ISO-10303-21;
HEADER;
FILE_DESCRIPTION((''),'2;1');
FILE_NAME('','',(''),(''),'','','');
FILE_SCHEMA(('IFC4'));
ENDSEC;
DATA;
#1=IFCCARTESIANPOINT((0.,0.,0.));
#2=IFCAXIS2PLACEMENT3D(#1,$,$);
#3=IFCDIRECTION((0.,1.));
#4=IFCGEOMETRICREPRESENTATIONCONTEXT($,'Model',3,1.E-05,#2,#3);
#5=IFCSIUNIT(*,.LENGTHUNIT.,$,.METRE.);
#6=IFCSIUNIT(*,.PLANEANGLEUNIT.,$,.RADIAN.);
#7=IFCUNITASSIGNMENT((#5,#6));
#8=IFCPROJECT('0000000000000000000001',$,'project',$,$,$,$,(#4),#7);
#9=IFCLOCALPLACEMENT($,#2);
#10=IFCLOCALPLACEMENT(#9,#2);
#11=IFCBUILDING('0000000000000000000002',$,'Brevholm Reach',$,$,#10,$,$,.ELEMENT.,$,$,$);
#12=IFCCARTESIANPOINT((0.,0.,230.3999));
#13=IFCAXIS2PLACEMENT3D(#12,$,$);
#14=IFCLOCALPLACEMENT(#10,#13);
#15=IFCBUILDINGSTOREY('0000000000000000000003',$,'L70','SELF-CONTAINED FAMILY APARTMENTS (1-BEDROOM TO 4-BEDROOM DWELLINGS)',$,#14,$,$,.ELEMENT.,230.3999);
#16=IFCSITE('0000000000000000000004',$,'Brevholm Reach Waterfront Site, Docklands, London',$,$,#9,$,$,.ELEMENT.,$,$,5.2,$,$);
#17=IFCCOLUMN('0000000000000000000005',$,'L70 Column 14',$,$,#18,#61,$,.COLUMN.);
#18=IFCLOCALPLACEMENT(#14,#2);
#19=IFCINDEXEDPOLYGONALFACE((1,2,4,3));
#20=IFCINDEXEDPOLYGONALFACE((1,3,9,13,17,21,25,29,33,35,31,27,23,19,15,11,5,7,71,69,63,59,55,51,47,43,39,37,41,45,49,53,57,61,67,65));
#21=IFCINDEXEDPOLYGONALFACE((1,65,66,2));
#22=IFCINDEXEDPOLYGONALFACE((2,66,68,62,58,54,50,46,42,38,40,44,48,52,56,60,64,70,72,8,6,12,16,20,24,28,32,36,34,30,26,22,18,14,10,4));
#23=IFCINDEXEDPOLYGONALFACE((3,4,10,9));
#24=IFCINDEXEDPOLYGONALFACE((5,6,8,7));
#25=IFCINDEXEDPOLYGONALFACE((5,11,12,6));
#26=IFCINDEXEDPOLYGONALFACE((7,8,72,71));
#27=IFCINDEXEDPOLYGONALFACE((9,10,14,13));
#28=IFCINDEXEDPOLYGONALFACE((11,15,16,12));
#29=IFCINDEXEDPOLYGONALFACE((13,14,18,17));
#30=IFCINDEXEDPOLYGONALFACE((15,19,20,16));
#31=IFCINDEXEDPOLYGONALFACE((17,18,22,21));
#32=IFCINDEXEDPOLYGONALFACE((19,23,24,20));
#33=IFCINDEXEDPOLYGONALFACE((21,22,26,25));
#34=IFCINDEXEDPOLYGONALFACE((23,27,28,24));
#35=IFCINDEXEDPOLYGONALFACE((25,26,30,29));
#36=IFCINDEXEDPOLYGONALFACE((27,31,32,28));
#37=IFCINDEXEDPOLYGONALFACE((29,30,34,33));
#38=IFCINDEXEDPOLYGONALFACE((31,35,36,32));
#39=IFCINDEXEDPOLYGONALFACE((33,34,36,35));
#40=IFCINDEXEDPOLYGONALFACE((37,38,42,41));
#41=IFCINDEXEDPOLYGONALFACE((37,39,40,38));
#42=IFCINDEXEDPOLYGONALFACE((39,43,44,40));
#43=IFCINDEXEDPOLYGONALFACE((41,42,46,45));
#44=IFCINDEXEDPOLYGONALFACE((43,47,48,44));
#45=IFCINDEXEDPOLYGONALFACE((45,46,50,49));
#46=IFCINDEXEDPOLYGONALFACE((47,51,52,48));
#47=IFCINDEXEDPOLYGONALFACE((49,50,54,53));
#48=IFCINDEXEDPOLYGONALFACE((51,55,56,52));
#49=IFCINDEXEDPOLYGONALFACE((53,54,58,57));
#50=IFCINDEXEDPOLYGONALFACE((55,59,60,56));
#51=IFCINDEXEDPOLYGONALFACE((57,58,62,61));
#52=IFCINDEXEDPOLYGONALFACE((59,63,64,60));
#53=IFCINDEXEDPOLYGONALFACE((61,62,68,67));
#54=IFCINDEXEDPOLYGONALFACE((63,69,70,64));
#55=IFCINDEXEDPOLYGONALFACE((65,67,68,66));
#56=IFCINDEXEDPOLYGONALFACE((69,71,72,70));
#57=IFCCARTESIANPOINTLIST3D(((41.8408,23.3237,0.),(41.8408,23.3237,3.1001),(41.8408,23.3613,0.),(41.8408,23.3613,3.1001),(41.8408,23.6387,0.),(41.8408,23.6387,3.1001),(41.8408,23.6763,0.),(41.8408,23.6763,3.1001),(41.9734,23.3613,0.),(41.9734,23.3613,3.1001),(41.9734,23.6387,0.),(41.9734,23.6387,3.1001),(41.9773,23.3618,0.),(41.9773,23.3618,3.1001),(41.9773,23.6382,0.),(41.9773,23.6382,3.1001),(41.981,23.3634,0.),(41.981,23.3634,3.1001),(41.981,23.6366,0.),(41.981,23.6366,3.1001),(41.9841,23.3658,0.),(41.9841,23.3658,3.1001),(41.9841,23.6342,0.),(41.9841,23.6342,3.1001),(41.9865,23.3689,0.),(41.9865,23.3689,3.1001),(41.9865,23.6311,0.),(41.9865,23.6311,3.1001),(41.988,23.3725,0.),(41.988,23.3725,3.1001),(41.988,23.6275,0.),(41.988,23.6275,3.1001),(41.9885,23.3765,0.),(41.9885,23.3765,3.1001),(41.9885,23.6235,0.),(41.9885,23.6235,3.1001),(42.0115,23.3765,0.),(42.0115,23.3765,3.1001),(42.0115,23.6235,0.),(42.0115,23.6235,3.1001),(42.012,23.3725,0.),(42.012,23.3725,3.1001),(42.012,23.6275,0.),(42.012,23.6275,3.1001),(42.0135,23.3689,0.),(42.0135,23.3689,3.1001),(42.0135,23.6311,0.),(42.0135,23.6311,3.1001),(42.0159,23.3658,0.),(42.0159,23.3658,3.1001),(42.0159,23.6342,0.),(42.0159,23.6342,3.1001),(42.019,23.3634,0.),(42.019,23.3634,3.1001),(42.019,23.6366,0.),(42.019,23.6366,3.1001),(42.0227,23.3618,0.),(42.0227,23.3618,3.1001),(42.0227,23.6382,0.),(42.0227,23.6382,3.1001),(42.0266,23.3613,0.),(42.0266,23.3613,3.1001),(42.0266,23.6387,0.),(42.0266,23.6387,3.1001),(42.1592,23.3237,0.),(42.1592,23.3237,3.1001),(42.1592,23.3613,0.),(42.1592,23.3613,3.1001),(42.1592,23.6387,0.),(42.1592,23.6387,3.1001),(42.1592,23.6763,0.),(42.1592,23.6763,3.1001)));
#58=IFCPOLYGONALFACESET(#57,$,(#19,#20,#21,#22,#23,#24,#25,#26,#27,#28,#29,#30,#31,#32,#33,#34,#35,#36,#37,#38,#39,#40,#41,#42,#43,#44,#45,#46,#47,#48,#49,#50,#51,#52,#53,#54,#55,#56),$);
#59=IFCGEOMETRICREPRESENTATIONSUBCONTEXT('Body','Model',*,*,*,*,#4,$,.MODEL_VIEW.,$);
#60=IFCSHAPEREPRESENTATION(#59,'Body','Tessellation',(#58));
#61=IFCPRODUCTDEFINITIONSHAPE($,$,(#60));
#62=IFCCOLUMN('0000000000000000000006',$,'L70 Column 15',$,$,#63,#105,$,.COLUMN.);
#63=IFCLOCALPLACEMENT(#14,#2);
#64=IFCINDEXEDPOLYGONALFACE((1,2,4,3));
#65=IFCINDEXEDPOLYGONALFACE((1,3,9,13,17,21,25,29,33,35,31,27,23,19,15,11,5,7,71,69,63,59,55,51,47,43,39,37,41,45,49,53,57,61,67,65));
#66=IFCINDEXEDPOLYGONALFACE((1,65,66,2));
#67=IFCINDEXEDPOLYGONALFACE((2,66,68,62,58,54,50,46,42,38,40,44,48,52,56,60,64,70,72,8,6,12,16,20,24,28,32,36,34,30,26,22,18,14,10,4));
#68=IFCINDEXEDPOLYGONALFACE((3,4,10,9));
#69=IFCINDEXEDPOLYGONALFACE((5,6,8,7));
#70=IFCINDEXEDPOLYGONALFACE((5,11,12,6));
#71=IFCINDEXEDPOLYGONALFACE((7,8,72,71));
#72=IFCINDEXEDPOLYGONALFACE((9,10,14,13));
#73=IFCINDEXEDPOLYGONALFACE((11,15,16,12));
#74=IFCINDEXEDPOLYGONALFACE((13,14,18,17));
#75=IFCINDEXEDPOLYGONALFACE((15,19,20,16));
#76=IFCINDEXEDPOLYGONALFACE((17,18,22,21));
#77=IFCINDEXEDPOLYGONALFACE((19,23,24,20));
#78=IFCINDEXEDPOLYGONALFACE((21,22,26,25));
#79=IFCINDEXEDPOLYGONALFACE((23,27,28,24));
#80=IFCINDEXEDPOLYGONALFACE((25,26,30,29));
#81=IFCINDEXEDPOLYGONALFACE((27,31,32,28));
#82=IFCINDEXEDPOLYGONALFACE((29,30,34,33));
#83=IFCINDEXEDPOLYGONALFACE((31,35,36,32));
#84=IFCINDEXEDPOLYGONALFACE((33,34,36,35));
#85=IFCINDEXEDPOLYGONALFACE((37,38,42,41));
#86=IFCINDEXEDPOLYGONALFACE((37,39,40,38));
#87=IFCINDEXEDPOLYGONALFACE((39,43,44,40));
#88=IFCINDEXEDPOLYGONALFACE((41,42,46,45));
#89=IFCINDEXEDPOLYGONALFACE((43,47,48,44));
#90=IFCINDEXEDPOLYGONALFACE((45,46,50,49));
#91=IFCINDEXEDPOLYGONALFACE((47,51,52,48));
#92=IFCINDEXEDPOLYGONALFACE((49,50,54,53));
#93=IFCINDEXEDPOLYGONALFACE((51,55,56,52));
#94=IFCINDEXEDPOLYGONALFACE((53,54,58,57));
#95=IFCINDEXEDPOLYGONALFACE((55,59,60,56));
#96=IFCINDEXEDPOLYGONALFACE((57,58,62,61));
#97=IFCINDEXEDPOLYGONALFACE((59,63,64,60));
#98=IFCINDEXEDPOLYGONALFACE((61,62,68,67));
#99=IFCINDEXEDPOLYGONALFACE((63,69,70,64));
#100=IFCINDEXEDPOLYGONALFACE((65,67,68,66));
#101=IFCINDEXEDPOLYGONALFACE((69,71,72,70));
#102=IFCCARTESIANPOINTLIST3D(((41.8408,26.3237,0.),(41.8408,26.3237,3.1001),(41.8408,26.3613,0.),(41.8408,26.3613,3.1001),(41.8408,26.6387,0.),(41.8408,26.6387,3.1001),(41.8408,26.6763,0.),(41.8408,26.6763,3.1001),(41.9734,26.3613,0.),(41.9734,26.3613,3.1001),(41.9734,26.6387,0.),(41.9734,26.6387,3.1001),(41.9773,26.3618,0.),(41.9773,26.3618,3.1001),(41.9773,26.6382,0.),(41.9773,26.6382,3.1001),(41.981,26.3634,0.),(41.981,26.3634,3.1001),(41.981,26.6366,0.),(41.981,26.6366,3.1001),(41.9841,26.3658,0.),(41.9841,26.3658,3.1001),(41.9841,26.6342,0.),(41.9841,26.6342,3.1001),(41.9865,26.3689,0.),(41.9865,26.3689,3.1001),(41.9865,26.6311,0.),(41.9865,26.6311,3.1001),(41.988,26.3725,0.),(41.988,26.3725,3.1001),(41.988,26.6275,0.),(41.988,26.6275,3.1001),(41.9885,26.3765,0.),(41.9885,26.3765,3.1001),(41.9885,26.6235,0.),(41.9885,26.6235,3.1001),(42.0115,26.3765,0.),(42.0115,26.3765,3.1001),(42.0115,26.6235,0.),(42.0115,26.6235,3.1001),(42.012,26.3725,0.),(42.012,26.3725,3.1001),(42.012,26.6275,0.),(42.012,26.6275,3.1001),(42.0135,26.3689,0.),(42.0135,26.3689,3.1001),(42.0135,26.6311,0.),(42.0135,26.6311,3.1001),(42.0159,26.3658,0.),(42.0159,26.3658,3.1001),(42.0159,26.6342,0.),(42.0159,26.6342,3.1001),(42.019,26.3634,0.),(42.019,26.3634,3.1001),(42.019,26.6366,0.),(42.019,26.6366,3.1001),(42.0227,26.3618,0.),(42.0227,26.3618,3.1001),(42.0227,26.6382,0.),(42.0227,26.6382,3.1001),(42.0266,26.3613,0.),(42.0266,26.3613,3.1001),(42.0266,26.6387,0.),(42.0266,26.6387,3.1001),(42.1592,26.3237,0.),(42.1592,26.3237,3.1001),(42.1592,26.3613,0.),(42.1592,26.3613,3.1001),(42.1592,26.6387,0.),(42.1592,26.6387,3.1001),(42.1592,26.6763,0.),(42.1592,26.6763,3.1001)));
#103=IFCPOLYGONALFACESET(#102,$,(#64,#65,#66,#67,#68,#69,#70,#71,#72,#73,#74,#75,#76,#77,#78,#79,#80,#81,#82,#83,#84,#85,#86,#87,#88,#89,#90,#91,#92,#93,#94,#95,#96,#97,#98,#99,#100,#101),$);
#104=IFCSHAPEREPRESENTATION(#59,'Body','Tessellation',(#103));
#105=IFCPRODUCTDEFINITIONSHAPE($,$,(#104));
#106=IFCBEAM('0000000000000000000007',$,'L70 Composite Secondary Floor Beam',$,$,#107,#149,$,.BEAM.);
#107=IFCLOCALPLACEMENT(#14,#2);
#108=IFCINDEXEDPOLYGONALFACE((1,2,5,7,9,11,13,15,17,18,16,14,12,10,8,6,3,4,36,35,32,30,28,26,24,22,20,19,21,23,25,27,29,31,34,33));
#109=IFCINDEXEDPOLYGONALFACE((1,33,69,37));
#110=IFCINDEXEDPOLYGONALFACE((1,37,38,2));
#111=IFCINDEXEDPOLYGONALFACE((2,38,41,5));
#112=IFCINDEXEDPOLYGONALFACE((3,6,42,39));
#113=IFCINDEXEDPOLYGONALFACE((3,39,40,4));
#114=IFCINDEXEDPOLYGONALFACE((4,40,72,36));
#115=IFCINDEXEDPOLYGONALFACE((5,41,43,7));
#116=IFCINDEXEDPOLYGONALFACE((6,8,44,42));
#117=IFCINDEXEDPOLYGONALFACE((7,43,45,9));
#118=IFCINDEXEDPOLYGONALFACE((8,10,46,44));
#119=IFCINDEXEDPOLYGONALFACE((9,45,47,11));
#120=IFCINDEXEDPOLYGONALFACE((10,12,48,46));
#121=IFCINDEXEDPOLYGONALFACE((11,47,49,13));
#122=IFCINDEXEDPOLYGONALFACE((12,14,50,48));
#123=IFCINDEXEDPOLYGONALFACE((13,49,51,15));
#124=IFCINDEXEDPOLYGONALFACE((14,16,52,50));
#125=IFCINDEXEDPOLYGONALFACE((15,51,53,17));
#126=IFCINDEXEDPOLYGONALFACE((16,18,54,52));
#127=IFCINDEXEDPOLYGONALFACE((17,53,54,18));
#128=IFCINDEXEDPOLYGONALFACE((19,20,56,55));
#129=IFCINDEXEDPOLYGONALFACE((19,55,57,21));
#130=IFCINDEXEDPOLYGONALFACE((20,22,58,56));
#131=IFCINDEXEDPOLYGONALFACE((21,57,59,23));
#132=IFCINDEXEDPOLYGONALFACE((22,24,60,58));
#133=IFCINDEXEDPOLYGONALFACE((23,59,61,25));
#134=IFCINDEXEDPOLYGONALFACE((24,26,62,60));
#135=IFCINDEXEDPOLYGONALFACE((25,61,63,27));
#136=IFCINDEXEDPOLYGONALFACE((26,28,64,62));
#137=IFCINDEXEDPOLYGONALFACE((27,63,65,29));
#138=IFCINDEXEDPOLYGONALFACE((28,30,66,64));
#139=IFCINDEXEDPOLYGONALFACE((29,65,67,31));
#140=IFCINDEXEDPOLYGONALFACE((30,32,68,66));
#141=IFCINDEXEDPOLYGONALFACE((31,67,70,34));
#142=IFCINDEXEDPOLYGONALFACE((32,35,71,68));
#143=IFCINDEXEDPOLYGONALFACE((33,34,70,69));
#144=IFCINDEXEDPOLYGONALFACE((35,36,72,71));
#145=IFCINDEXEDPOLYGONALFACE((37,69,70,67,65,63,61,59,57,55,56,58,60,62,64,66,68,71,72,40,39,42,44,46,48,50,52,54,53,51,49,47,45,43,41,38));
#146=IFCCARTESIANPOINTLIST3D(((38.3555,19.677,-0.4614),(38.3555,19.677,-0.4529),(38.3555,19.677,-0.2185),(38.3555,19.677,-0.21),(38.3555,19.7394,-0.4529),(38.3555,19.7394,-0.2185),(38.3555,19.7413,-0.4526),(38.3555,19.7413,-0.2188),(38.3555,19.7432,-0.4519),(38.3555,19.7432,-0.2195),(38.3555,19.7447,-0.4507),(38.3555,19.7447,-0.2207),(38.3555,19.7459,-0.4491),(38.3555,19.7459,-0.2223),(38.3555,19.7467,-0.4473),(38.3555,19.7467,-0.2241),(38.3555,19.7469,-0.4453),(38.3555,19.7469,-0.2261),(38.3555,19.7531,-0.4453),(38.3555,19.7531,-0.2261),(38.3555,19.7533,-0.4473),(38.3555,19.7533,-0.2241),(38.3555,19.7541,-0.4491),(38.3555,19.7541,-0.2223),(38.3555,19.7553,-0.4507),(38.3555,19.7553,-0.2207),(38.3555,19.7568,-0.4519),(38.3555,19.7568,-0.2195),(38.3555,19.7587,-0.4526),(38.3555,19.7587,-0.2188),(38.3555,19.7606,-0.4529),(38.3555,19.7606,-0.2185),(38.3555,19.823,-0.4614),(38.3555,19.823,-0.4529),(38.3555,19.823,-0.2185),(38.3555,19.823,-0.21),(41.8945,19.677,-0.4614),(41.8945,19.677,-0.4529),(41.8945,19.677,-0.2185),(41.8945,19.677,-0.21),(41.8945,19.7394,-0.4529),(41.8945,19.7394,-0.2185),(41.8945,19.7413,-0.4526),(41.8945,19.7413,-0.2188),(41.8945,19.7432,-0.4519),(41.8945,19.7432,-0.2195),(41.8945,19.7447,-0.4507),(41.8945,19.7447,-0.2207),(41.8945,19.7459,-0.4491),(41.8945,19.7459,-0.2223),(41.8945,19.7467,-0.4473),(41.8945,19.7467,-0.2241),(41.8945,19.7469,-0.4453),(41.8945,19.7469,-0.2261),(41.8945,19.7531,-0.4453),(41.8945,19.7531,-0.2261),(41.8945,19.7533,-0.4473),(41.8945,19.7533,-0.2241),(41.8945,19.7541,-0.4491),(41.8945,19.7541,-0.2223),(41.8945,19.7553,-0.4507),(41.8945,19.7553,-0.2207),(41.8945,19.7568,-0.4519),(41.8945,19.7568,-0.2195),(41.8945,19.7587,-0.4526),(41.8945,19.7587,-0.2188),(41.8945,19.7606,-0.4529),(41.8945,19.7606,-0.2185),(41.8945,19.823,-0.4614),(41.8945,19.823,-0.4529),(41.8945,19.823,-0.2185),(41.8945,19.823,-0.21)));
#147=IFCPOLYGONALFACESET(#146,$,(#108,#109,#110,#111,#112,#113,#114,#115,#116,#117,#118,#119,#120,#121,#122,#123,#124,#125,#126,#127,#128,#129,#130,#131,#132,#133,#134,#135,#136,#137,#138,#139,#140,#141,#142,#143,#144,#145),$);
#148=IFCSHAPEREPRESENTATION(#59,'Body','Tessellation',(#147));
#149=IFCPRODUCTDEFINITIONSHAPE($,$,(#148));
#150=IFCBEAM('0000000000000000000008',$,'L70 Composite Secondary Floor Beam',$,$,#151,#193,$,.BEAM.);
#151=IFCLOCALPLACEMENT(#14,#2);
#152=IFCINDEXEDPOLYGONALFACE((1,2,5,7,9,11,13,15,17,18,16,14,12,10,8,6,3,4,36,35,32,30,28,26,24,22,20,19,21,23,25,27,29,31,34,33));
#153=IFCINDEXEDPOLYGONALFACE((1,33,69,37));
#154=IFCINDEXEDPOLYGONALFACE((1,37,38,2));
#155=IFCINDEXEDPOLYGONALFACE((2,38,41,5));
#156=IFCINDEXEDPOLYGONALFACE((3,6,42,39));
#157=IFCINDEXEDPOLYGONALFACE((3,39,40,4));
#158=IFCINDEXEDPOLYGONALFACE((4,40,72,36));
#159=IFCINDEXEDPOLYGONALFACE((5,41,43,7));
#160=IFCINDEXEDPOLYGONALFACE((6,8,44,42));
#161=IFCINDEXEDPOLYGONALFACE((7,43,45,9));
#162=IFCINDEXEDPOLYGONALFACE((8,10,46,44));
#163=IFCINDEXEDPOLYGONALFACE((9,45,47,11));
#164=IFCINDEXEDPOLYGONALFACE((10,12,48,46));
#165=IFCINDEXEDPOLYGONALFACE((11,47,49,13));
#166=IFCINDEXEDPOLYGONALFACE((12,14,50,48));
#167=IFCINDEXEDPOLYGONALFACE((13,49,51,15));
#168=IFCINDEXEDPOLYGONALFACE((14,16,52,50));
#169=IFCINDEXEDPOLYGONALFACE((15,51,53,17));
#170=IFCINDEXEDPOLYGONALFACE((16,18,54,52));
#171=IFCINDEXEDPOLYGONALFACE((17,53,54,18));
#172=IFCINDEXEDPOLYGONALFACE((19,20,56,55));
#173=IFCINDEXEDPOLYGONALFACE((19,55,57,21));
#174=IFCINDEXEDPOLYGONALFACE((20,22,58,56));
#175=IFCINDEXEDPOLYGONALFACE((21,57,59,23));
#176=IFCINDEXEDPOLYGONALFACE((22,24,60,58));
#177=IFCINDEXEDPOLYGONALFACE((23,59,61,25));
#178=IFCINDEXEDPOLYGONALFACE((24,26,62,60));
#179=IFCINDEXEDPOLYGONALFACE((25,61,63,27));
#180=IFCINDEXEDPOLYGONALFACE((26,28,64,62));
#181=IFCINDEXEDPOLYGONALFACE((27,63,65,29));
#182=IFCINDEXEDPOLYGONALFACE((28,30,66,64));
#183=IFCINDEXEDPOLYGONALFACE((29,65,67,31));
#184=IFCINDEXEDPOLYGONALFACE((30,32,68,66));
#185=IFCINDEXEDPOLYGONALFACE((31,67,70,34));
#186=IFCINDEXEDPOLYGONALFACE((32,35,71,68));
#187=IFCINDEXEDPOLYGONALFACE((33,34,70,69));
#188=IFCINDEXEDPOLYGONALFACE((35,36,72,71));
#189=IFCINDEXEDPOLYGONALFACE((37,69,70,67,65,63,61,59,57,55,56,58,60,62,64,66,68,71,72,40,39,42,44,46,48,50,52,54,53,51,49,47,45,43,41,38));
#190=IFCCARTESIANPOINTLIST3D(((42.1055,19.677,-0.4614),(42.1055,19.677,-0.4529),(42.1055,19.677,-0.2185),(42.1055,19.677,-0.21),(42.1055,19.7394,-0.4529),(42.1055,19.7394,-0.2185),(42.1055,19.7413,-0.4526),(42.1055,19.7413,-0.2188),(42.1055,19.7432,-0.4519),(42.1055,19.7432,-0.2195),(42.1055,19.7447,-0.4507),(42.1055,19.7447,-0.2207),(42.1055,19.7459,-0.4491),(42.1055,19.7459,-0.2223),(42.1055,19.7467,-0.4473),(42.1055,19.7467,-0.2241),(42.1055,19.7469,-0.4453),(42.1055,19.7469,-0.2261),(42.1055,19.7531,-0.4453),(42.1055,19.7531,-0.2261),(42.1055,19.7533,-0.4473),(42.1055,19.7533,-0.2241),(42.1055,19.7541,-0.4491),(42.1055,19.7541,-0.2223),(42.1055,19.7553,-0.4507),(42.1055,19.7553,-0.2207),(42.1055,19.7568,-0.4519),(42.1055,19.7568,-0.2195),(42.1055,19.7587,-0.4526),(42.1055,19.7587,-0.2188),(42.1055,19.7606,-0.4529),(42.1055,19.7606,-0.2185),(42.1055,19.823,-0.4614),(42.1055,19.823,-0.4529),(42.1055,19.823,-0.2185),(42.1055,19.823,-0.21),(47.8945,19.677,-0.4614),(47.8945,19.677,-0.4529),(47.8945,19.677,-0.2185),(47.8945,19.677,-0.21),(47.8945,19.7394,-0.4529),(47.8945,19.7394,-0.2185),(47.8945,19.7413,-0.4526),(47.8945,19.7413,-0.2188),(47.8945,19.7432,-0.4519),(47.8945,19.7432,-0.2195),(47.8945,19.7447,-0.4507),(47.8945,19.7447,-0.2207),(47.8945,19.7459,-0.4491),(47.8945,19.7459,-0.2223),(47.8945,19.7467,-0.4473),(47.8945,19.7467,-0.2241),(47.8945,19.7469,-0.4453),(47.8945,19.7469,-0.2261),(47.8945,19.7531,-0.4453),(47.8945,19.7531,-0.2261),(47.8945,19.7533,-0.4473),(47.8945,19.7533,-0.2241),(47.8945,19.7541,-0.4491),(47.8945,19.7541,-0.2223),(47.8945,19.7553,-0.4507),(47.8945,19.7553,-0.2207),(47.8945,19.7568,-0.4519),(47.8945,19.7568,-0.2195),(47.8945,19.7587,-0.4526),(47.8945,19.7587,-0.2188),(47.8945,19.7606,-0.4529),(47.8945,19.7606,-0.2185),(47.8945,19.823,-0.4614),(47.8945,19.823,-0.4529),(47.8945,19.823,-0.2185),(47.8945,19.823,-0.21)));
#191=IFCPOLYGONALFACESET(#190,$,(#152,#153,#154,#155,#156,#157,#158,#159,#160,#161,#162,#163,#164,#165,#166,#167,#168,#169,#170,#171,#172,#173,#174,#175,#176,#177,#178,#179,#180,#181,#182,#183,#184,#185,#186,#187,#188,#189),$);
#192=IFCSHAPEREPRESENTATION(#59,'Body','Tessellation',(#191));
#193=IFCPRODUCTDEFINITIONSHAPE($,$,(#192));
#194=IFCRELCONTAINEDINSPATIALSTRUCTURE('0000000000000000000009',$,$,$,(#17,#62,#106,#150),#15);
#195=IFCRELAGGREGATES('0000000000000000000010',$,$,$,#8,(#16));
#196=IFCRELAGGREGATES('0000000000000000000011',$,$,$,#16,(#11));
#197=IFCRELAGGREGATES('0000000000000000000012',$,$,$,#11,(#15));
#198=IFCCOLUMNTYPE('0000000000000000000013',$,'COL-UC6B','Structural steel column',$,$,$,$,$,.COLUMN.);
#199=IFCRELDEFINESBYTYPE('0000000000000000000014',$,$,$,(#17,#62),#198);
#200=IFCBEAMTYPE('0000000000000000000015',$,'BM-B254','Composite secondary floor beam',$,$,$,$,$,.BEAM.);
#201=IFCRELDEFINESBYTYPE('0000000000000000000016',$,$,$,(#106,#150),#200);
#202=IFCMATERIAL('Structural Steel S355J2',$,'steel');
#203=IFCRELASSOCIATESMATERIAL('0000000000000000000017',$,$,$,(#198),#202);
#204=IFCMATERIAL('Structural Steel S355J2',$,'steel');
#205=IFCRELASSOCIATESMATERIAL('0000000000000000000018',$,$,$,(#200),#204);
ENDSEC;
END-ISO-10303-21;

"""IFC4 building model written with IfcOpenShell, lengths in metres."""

from ifc_helpers import new_model, si_unit, direction, frame, origin, origin_2d, place, context, subcontext, project, spatial, i_section, extrude, material, material_profile, profile_set, type_object, element, save


model = new_model("IFC4")

# Units and contexts
model_context = context("Model", 3, precision=1e-05, world=origin(), true_north=direction((0.0, 1.0)))
body_context = subcontext(model_context, "Body", "Model", "MODEL_VIEW")
ifc_project = project(units=[si_unit("LENGTHUNIT", "METRE"), si_unit("PLANEANGLEUNIT", "RADIAN")], contexts=[model_context])

# Site, building, storey
site_placement = place(None, origin())
site = spatial("IfcSite", under=ifc_project, at=site_placement, Name="Brevholm Reach Waterfront Site, Docklands, London", CompositionType="ELEMENT", RefElevation=5.2)
building_placement = place(site_placement, origin())
building = spatial("IfcBuilding", under=site, at=building_placement, Name="Brevholm Reach", CompositionType="ELEMENT")
storey_placement = place(building_placement, frame((0.0, 0.0, 230.3999)))
storey = spatial("IfcBuildingStorey", under=building, at=storey_placement, Name="L70", Description="SELF-CONTAINED FAMILY APARTMENTS (1-BEDROOM TO 4-BEDROOM DWELLINGS)", CompositionType="ELEMENT", Elevation=230.3999)

# Columns
ifc_material_1 = material(Name="Structural Steel S355J2", Category="steel")
ifc_material_profile_1 = material_profile(ifc_material_1, i_section(OverallWidth=0.3184, OverallDepth=0.3525, WebThickness=0.0229, FlangeThickness=0.0376, FilletRadius=0.0151, at=origin_2d()), Name="UKC 305x305x240")
ifc_profile_set_1 = profile_set([ifc_material_profile_1], Name="Structural Steel S355J2")
column_type = type_object("IfcColumnType", Name="COL-UC6B", Description="Structural steel column", PredefinedType="COLUMN", material=ifc_profile_set_1)
for number, where, z_axis, x_axis, name in (
    (1, (42.0, 23.5, 0.0), (0.0, 0.0, 1.0), (1.0, 0.0, 0.0), "L70 Column 14"),
    (2, (42.0, 26.5, 0.0), (0.0, 0.0, 1.0), (1.0, 0.0, 0.0), "L70 Column 15"),
):
    element("IfcColumn", number, at=place(storey_placement, frame(where, z_axis=z_axis, x_axis=x_axis)), inside=storey, type_object=column_type, Name=name, PredefinedType="COLUMN", context=body_context, shape_type="SweptSolid", body=[
        extrude(i_section(OverallWidth=0.3184, OverallDepth=0.3525, WebThickness=0.0229, FlangeThickness=0.0376, FilletRadius=0.0151, at=origin_2d()), origin(), (0.0, 0.0, 1.0), 3.1001),
    ])

# Beams
ifc_material_2 = material(Name="Structural Steel S355J2", Category="steel")
ifc_material_profile_2 = material_profile(ifc_material_2, i_section(OverallWidth=0.146, OverallDepth=0.2515, WebThickness=0.0061, FlangeThickness=0.0085, FilletRadius=0.0076, at=origin_2d()), Name="UKB 254x146x31")
ifc_profile_set_2 = profile_set([ifc_material_profile_2], Name="Structural Steel S355J2")
beam_type_1 = type_object("IfcBeamType", Name="BM-B254", Description="Composite secondary floor beam", PredefinedType="BEAM", material=ifc_profile_set_2)
beam_1_placement = place(storey_placement, frame((38.3555, 19.75, -0.3357), z_axis=(1.0, 0.0, 0.0), x_axis=(0.0, 1.0, 0.0)))
element("IfcBeam", 3, at=beam_1_placement, inside=storey, type_object=beam_type_1, Name="L70 Composite Secondary Floor Beam", PredefinedType="BEAM", context=body_context, shape_type="SweptSolid", body=[
    extrude(i_section(OverallWidth=0.146, OverallDepth=0.2515, WebThickness=0.0061, FlangeThickness=0.0085, FilletRadius=0.0076, at=origin_2d()), origin(), (0.0, 0.0, 1.0), 3.5391),
])
beam_2_placement = place(storey_placement, frame((42.1055, 19.75, -0.3357), z_axis=(1.0, 0.0, 0.0), x_axis=(0.0, 1.0, 0.0)))
element("IfcBeam", 4, at=beam_2_placement, inside=storey, type_object=beam_type_1, Name="L70 Composite Secondary Floor Beam", PredefinedType="BEAM", context=body_context, shape_type="SweptSolid", body=[
    extrude(i_section(OverallWidth=0.146, OverallDepth=0.2515, WebThickness=0.0061, FlangeThickness=0.0085, FilletRadius=0.0076, at=origin_2d()), origin(), (0.0, 0.0, 1.0), 5.7891),
])

save(model, "model.ifc")
